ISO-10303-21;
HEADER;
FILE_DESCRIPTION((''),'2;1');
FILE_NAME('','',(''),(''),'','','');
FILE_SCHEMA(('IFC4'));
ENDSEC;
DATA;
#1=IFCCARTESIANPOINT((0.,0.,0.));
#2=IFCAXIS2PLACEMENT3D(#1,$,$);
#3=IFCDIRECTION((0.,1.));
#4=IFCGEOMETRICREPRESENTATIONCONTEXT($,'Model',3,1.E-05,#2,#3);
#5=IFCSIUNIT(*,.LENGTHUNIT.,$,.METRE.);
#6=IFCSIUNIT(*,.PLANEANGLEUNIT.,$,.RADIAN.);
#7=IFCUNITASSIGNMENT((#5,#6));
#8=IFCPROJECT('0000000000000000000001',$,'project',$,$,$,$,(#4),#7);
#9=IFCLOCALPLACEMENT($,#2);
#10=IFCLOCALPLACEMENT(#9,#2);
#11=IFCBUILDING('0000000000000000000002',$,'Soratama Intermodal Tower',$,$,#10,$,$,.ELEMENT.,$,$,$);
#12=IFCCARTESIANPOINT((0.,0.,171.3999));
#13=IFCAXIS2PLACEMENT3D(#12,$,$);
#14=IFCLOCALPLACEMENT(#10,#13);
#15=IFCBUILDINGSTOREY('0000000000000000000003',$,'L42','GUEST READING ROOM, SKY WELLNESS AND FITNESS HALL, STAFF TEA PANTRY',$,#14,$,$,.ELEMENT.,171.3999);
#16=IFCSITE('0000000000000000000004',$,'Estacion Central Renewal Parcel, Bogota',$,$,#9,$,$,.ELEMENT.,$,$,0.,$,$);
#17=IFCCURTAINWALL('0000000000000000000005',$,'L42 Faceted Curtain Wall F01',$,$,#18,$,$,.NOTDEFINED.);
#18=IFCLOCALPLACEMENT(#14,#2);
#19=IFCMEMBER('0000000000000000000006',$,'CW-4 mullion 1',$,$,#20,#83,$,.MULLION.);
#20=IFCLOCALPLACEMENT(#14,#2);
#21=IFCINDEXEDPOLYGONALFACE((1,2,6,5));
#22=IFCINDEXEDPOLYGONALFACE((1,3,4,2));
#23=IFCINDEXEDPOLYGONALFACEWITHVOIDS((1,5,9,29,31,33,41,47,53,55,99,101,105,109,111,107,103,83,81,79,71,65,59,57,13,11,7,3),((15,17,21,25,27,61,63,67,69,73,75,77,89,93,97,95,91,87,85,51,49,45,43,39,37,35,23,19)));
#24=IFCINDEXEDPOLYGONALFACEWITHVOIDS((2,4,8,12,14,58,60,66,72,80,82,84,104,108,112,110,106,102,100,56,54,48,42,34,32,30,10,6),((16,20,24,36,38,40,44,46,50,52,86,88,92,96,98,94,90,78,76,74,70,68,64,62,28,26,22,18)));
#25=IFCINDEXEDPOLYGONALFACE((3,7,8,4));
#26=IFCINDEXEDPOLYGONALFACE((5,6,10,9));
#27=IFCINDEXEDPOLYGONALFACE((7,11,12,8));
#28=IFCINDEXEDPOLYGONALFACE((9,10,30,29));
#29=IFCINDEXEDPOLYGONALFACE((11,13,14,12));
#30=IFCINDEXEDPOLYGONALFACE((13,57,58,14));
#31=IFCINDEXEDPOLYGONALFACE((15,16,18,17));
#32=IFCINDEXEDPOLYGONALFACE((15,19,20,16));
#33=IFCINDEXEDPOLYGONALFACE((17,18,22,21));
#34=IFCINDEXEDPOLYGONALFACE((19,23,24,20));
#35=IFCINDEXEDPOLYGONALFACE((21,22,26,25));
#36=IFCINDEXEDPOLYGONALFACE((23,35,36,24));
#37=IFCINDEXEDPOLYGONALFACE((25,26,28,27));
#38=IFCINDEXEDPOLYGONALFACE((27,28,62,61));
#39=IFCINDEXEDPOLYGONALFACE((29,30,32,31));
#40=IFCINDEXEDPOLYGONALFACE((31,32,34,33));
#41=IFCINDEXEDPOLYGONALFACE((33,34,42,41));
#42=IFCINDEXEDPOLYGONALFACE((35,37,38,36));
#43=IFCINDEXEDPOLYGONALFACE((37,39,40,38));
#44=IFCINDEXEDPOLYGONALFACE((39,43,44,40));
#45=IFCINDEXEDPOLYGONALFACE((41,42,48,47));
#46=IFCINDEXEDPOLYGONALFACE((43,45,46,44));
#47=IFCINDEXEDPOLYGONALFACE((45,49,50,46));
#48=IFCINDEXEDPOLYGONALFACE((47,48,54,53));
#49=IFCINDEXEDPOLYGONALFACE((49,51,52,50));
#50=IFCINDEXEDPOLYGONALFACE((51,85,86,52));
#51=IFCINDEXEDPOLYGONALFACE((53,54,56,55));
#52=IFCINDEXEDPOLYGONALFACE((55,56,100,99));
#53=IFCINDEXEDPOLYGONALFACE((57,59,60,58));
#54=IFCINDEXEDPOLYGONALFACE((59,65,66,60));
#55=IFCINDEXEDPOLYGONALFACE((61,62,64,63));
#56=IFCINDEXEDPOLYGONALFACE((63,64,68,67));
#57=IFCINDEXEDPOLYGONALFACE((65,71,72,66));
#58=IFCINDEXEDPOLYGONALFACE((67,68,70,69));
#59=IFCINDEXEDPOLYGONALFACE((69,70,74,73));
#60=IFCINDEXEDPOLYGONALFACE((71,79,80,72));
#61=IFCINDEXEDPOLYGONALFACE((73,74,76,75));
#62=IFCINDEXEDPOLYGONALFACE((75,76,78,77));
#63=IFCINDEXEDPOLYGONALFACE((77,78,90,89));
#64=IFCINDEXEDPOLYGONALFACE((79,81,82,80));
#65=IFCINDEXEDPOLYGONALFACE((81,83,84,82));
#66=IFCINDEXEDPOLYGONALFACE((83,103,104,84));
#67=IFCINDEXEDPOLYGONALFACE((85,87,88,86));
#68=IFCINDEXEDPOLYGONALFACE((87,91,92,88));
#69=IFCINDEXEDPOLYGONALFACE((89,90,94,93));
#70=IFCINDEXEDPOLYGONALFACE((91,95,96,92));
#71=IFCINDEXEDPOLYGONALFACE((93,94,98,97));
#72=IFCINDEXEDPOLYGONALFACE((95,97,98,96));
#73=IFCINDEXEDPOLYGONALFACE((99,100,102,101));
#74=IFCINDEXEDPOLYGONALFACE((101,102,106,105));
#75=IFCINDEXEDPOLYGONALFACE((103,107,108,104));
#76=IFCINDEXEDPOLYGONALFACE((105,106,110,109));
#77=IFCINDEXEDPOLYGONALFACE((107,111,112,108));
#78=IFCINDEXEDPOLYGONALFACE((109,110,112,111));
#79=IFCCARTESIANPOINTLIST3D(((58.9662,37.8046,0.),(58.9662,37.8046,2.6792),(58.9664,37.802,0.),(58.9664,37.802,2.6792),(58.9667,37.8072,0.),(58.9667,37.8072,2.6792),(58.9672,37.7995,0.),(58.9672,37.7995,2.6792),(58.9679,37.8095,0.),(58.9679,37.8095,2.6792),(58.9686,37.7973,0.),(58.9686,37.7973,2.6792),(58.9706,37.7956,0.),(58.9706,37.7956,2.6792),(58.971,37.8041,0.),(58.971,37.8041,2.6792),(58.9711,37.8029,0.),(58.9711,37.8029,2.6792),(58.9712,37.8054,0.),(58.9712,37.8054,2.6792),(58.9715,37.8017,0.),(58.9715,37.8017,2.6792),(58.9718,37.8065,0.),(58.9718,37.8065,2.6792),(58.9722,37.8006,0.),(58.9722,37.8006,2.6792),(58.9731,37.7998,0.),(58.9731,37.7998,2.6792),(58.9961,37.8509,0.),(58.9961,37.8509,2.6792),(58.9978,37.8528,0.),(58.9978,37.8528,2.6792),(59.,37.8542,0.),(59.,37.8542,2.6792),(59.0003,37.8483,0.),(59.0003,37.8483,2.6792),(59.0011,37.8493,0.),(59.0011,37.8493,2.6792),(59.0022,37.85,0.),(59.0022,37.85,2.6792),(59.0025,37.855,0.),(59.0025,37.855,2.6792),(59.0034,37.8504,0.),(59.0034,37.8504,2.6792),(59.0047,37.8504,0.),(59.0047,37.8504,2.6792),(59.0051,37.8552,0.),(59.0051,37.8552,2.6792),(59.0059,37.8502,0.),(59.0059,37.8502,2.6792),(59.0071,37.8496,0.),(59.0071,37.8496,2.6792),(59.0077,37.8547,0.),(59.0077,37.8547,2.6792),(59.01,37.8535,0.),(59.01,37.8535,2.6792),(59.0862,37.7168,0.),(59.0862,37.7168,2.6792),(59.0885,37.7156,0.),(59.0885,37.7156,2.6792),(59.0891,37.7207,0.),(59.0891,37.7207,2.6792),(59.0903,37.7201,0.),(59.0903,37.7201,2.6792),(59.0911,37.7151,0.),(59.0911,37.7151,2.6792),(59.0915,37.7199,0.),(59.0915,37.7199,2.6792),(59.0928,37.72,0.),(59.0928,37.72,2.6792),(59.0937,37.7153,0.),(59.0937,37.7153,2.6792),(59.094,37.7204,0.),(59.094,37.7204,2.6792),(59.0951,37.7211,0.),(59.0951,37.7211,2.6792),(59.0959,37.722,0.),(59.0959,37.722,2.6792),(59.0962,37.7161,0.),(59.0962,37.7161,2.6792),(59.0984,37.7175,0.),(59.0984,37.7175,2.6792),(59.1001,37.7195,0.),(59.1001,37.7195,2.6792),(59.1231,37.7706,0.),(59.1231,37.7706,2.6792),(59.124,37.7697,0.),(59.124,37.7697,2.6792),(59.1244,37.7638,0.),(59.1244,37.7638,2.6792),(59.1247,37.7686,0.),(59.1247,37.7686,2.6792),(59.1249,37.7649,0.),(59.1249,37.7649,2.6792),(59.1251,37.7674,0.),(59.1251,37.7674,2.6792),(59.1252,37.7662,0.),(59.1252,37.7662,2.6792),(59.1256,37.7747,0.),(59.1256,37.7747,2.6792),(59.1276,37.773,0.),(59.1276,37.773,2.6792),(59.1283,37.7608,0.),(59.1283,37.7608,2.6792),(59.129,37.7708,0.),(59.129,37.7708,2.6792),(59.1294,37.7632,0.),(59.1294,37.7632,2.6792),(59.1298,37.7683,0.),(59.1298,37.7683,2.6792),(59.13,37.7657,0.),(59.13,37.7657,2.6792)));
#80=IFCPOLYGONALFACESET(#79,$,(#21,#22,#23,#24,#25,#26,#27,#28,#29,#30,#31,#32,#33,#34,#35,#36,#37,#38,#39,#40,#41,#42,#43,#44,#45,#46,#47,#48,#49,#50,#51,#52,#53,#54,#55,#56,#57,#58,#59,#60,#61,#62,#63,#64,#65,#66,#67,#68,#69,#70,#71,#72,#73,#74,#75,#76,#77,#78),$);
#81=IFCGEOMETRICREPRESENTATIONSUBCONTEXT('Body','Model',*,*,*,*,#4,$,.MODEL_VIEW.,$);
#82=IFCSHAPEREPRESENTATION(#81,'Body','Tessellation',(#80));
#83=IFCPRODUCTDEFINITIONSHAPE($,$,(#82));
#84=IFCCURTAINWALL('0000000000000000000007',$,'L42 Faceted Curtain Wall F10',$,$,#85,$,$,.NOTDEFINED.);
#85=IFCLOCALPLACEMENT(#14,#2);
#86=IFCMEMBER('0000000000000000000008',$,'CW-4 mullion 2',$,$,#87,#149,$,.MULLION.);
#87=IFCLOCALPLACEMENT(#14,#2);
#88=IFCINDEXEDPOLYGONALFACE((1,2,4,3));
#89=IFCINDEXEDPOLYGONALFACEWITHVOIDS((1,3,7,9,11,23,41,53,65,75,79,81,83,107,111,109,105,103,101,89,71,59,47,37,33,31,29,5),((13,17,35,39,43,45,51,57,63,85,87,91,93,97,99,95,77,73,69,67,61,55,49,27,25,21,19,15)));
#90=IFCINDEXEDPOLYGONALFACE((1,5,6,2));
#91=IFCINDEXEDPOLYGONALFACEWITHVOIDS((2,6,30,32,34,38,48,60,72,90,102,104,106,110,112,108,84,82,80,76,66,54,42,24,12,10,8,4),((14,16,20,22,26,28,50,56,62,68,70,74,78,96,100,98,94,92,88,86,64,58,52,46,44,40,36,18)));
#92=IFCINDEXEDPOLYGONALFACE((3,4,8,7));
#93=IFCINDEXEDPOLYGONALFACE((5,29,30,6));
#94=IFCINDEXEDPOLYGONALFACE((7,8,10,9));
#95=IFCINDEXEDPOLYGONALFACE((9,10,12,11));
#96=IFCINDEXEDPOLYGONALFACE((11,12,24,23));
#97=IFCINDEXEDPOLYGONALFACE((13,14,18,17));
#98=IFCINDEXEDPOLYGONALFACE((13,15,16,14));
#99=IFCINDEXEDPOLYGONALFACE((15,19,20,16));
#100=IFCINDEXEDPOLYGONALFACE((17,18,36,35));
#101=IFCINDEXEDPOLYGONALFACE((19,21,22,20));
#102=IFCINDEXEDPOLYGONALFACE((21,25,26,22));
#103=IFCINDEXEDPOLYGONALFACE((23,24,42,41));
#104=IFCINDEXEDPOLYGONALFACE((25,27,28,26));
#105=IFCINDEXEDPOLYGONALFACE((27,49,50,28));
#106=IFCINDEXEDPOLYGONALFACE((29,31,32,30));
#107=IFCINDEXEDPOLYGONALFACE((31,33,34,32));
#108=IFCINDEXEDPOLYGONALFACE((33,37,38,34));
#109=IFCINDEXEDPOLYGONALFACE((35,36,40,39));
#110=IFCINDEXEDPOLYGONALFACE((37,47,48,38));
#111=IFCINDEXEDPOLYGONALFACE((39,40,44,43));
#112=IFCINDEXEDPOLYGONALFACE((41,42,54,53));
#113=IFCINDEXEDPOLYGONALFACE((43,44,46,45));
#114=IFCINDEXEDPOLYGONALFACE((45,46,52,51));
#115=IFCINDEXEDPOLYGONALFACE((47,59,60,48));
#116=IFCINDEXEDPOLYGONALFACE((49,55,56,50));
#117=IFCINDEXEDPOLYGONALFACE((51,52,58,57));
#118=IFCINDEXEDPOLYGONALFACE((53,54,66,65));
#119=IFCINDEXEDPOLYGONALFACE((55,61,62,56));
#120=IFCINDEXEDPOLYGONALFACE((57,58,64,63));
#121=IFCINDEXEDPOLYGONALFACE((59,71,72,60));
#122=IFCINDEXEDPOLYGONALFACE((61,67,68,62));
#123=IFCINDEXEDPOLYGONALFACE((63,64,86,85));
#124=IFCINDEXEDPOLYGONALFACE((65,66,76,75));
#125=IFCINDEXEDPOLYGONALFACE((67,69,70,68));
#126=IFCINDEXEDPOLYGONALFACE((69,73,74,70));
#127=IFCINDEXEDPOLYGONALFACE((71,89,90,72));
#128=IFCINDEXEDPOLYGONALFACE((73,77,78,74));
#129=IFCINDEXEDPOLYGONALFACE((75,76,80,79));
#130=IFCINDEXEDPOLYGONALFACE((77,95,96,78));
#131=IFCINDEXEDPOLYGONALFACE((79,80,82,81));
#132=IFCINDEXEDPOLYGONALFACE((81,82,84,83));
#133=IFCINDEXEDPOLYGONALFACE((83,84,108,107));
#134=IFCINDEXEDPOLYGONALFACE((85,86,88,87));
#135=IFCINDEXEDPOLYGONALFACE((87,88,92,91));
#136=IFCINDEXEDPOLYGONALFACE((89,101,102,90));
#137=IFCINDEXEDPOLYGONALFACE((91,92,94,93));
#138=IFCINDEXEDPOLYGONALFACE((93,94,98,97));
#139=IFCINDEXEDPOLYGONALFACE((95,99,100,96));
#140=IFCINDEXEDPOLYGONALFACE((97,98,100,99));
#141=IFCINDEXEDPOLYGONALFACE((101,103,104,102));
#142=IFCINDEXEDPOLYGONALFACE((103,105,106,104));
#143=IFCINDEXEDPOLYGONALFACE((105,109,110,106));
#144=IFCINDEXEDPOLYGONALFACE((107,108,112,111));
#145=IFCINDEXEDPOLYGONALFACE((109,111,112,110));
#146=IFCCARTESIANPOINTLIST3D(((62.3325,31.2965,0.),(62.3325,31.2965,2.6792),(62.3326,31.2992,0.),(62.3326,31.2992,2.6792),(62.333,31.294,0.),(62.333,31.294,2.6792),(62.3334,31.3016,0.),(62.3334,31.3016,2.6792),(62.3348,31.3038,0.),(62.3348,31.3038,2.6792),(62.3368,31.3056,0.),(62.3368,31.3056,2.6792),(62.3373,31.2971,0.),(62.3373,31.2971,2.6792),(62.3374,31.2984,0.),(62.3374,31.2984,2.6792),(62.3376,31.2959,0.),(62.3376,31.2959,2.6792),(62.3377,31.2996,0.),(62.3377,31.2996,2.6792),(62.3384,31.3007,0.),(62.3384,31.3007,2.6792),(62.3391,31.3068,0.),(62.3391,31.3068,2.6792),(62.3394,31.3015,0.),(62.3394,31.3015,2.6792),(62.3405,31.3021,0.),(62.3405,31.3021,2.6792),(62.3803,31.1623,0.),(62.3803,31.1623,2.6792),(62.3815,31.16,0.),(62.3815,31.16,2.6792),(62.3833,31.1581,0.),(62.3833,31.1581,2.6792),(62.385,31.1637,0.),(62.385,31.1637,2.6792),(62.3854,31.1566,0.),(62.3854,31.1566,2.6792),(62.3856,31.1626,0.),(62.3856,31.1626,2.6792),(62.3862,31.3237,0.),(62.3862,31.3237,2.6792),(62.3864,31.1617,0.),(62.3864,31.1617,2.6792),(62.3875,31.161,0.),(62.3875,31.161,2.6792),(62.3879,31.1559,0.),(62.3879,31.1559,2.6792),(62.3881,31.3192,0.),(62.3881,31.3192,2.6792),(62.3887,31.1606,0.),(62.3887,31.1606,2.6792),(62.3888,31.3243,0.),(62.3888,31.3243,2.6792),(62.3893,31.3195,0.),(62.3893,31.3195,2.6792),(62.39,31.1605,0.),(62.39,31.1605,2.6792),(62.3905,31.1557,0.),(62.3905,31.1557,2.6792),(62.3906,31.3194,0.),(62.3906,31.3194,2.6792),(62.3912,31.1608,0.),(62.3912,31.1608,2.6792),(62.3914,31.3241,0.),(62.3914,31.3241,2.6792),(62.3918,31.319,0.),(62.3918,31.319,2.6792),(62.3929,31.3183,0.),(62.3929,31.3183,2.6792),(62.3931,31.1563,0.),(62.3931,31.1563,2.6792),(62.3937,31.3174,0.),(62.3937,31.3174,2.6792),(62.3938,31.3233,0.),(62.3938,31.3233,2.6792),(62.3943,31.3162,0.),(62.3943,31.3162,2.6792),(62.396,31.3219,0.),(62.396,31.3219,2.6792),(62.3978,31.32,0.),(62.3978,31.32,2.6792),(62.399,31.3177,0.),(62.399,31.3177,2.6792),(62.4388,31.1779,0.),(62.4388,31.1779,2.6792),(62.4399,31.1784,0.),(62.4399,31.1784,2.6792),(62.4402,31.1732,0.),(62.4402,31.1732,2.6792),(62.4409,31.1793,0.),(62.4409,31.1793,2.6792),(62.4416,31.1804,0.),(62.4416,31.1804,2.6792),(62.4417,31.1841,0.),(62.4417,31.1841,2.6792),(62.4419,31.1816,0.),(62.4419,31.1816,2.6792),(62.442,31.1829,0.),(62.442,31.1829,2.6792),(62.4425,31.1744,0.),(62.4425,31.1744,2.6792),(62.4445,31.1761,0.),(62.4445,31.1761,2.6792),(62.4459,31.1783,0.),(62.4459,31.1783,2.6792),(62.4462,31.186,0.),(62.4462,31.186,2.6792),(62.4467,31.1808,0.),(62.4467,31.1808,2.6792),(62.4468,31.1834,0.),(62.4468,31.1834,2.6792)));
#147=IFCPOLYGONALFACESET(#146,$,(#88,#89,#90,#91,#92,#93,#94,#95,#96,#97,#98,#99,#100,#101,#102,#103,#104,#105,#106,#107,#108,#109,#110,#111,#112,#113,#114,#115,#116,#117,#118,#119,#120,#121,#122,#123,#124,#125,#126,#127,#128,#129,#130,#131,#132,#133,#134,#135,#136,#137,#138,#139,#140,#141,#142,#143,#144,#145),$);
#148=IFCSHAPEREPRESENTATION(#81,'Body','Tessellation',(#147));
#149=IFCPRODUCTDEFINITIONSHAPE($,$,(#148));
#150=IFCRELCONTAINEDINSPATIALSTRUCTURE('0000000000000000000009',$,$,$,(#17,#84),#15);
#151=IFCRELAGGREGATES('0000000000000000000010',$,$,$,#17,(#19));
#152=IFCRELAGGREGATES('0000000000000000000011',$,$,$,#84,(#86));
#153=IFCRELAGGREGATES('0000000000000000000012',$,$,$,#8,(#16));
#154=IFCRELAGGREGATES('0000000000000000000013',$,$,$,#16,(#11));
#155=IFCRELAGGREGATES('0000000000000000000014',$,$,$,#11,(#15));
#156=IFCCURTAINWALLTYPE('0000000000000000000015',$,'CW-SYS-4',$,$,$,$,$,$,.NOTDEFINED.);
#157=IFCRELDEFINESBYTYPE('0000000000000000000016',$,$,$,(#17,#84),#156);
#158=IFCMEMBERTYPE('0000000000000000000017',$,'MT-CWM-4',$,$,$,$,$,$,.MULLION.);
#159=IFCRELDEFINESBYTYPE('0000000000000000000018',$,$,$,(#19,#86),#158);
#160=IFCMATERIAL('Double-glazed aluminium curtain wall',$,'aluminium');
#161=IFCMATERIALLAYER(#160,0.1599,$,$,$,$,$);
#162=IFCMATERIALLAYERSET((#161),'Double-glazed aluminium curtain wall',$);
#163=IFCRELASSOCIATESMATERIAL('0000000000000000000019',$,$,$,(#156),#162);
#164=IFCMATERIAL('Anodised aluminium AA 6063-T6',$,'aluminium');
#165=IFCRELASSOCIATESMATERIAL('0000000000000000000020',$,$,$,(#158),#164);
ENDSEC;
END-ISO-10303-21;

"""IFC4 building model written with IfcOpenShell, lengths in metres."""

from ifc_helpers import new_model, si_unit, direction, frame, origin, origin_2d, place, context, subcontext, project, spatial, hollow_rectangle, extrude, material, layer, layer_set, material_profile, profile_set, type_object, element, aggregate, save


model = new_model("IFC4")

# Units and contexts
model_context = context("Model", 3, precision=1e-05, world=origin(), true_north=direction((0.0, 1.0)))
body_context = subcontext(model_context, "Body", "Model", "MODEL_VIEW")
ifc_project = project(units=[si_unit("LENGTHUNIT", "METRE"), si_unit("PLANEANGLEUNIT", "RADIAN")], contexts=[model_context])

# Site, building, storey
site_placement = place(None, origin())
site = spatial("IfcSite", under=ifc_project, at=site_placement, Name="Estacion Central Renewal Parcel, Bogota", CompositionType="ELEMENT", RefElevation=0.0)
building_placement = place(site_placement, origin())
building = spatial("IfcBuilding", under=site, at=building_placement, Name="Soratama Intermodal Tower", CompositionType="ELEMENT")
storey_placement = place(building_placement, frame((0.0, 0.0, 171.3999)))
storey = spatial("IfcBuildingStorey", under=building, at=storey_placement, Name="L42", Description="GUEST READING ROOM, SKY WELLNESS AND FITNESS HALL, STAFF TEA PANTRY", CompositionType="ELEMENT", Elevation=171.3999)

# Curtain wall, member
ifc_material_1 = material(Name="Double-glazed aluminium curtain wall", Category="aluminium")
ifc_layer_1 = layer(ifc_material_1, 0.1599)
ifc_layer_set_1 = layer_set([ifc_layer_1], Name="Double-glazed aluminium curtain wall")
curtain_wall_type = type_object("IfcCurtainWallType", Name="CW-SYS-4", PredefinedType="NOTDEFINED", material=ifc_layer_set_1)
curtain_wall_1_placement = place(storey_placement, origin())
curtain_wall_1 = element("IfcCurtainWall", 1, at=curtain_wall_1_placement, inside=storey, type_object=curtain_wall_type, Name="L42 Faceted Curtain Wall F01", PredefinedType="NOTDEFINED")
ifc_material_2 = material(Name="Anodised aluminium AA 6063-T6", Category="aluminium")
ifc_material_profile_1 = material_profile(ifc_material_2, hollow_rectangle(XDim=0.0701, YDim=0.1599, WallThickness=0.0049, InnerFilletRadius=0.0049, OuterFilletRadius=0.01, at=origin_2d()), Name="CWM160X70X5")
ifc_profile_set_1 = profile_set([ifc_material_profile_1], Name="Anodised aluminium AA 6063-T6")
member_type_1 = type_object("IfcMemberType", Name="MT-CWM-4", PredefinedType="MULLION", material=ifc_profile_set_1)
member_1_placement = place(storey_placement, frame((59.0481, 37.7852, 0.0), z_axis=(0.0, 0.0, 1.0), x_axis=(-0.562951, -0.82649, 0.0)))
member_1 = element("IfcMember", 2, at=member_1_placement, type_object=member_type_1, Name="CW-4 mullion 1", PredefinedType="MULLION", context=body_context, shape_type="SweptSolid", body=[
    extrude(hollow_rectangle(XDim=0.0701, YDim=0.1599, WallThickness=0.0049, InnerFilletRadius=0.0049, OuterFilletRadius=0.01, at=origin_2d()), origin(), (0.0, 0.0, 1.0), 2.6792),
])

# Curtain wall, member
curtain_wall_2_placement = place(storey_placement, origin())
curtain_wall_2 = element("IfcCurtainWall", 3, at=curtain_wall_2_placement, inside=storey, type_object=curtain_wall_type, Name="L42 Faceted Curtain Wall F10", PredefinedType="NOTDEFINED")
member_2_placement = place(storey_placement, frame((62.3896, 31.24, 0.0), z_axis=(0.0, 0.0, 1.0), x_axis=(-0.941235, -0.337751, 0.0)))
member_2 = element("IfcMember", 4, at=member_2_placement, type_object=member_type_1, Name="CW-4 mullion 2", PredefinedType="MULLION", context=body_context, shape_type="SweptSolid", body=[
    extrude(hollow_rectangle(XDim=0.0701, YDim=0.1599, WallThickness=0.0049, InnerFilletRadius=0.0049, OuterFilletRadius=0.01, at=origin_2d()), origin(), (0.0, 0.0, 1.0), 2.6792),
])

aggregate(curtain_wall_1, [member_1])

aggregate(curtain_wall_2, [member_2])

save(model, "model.ifc")
